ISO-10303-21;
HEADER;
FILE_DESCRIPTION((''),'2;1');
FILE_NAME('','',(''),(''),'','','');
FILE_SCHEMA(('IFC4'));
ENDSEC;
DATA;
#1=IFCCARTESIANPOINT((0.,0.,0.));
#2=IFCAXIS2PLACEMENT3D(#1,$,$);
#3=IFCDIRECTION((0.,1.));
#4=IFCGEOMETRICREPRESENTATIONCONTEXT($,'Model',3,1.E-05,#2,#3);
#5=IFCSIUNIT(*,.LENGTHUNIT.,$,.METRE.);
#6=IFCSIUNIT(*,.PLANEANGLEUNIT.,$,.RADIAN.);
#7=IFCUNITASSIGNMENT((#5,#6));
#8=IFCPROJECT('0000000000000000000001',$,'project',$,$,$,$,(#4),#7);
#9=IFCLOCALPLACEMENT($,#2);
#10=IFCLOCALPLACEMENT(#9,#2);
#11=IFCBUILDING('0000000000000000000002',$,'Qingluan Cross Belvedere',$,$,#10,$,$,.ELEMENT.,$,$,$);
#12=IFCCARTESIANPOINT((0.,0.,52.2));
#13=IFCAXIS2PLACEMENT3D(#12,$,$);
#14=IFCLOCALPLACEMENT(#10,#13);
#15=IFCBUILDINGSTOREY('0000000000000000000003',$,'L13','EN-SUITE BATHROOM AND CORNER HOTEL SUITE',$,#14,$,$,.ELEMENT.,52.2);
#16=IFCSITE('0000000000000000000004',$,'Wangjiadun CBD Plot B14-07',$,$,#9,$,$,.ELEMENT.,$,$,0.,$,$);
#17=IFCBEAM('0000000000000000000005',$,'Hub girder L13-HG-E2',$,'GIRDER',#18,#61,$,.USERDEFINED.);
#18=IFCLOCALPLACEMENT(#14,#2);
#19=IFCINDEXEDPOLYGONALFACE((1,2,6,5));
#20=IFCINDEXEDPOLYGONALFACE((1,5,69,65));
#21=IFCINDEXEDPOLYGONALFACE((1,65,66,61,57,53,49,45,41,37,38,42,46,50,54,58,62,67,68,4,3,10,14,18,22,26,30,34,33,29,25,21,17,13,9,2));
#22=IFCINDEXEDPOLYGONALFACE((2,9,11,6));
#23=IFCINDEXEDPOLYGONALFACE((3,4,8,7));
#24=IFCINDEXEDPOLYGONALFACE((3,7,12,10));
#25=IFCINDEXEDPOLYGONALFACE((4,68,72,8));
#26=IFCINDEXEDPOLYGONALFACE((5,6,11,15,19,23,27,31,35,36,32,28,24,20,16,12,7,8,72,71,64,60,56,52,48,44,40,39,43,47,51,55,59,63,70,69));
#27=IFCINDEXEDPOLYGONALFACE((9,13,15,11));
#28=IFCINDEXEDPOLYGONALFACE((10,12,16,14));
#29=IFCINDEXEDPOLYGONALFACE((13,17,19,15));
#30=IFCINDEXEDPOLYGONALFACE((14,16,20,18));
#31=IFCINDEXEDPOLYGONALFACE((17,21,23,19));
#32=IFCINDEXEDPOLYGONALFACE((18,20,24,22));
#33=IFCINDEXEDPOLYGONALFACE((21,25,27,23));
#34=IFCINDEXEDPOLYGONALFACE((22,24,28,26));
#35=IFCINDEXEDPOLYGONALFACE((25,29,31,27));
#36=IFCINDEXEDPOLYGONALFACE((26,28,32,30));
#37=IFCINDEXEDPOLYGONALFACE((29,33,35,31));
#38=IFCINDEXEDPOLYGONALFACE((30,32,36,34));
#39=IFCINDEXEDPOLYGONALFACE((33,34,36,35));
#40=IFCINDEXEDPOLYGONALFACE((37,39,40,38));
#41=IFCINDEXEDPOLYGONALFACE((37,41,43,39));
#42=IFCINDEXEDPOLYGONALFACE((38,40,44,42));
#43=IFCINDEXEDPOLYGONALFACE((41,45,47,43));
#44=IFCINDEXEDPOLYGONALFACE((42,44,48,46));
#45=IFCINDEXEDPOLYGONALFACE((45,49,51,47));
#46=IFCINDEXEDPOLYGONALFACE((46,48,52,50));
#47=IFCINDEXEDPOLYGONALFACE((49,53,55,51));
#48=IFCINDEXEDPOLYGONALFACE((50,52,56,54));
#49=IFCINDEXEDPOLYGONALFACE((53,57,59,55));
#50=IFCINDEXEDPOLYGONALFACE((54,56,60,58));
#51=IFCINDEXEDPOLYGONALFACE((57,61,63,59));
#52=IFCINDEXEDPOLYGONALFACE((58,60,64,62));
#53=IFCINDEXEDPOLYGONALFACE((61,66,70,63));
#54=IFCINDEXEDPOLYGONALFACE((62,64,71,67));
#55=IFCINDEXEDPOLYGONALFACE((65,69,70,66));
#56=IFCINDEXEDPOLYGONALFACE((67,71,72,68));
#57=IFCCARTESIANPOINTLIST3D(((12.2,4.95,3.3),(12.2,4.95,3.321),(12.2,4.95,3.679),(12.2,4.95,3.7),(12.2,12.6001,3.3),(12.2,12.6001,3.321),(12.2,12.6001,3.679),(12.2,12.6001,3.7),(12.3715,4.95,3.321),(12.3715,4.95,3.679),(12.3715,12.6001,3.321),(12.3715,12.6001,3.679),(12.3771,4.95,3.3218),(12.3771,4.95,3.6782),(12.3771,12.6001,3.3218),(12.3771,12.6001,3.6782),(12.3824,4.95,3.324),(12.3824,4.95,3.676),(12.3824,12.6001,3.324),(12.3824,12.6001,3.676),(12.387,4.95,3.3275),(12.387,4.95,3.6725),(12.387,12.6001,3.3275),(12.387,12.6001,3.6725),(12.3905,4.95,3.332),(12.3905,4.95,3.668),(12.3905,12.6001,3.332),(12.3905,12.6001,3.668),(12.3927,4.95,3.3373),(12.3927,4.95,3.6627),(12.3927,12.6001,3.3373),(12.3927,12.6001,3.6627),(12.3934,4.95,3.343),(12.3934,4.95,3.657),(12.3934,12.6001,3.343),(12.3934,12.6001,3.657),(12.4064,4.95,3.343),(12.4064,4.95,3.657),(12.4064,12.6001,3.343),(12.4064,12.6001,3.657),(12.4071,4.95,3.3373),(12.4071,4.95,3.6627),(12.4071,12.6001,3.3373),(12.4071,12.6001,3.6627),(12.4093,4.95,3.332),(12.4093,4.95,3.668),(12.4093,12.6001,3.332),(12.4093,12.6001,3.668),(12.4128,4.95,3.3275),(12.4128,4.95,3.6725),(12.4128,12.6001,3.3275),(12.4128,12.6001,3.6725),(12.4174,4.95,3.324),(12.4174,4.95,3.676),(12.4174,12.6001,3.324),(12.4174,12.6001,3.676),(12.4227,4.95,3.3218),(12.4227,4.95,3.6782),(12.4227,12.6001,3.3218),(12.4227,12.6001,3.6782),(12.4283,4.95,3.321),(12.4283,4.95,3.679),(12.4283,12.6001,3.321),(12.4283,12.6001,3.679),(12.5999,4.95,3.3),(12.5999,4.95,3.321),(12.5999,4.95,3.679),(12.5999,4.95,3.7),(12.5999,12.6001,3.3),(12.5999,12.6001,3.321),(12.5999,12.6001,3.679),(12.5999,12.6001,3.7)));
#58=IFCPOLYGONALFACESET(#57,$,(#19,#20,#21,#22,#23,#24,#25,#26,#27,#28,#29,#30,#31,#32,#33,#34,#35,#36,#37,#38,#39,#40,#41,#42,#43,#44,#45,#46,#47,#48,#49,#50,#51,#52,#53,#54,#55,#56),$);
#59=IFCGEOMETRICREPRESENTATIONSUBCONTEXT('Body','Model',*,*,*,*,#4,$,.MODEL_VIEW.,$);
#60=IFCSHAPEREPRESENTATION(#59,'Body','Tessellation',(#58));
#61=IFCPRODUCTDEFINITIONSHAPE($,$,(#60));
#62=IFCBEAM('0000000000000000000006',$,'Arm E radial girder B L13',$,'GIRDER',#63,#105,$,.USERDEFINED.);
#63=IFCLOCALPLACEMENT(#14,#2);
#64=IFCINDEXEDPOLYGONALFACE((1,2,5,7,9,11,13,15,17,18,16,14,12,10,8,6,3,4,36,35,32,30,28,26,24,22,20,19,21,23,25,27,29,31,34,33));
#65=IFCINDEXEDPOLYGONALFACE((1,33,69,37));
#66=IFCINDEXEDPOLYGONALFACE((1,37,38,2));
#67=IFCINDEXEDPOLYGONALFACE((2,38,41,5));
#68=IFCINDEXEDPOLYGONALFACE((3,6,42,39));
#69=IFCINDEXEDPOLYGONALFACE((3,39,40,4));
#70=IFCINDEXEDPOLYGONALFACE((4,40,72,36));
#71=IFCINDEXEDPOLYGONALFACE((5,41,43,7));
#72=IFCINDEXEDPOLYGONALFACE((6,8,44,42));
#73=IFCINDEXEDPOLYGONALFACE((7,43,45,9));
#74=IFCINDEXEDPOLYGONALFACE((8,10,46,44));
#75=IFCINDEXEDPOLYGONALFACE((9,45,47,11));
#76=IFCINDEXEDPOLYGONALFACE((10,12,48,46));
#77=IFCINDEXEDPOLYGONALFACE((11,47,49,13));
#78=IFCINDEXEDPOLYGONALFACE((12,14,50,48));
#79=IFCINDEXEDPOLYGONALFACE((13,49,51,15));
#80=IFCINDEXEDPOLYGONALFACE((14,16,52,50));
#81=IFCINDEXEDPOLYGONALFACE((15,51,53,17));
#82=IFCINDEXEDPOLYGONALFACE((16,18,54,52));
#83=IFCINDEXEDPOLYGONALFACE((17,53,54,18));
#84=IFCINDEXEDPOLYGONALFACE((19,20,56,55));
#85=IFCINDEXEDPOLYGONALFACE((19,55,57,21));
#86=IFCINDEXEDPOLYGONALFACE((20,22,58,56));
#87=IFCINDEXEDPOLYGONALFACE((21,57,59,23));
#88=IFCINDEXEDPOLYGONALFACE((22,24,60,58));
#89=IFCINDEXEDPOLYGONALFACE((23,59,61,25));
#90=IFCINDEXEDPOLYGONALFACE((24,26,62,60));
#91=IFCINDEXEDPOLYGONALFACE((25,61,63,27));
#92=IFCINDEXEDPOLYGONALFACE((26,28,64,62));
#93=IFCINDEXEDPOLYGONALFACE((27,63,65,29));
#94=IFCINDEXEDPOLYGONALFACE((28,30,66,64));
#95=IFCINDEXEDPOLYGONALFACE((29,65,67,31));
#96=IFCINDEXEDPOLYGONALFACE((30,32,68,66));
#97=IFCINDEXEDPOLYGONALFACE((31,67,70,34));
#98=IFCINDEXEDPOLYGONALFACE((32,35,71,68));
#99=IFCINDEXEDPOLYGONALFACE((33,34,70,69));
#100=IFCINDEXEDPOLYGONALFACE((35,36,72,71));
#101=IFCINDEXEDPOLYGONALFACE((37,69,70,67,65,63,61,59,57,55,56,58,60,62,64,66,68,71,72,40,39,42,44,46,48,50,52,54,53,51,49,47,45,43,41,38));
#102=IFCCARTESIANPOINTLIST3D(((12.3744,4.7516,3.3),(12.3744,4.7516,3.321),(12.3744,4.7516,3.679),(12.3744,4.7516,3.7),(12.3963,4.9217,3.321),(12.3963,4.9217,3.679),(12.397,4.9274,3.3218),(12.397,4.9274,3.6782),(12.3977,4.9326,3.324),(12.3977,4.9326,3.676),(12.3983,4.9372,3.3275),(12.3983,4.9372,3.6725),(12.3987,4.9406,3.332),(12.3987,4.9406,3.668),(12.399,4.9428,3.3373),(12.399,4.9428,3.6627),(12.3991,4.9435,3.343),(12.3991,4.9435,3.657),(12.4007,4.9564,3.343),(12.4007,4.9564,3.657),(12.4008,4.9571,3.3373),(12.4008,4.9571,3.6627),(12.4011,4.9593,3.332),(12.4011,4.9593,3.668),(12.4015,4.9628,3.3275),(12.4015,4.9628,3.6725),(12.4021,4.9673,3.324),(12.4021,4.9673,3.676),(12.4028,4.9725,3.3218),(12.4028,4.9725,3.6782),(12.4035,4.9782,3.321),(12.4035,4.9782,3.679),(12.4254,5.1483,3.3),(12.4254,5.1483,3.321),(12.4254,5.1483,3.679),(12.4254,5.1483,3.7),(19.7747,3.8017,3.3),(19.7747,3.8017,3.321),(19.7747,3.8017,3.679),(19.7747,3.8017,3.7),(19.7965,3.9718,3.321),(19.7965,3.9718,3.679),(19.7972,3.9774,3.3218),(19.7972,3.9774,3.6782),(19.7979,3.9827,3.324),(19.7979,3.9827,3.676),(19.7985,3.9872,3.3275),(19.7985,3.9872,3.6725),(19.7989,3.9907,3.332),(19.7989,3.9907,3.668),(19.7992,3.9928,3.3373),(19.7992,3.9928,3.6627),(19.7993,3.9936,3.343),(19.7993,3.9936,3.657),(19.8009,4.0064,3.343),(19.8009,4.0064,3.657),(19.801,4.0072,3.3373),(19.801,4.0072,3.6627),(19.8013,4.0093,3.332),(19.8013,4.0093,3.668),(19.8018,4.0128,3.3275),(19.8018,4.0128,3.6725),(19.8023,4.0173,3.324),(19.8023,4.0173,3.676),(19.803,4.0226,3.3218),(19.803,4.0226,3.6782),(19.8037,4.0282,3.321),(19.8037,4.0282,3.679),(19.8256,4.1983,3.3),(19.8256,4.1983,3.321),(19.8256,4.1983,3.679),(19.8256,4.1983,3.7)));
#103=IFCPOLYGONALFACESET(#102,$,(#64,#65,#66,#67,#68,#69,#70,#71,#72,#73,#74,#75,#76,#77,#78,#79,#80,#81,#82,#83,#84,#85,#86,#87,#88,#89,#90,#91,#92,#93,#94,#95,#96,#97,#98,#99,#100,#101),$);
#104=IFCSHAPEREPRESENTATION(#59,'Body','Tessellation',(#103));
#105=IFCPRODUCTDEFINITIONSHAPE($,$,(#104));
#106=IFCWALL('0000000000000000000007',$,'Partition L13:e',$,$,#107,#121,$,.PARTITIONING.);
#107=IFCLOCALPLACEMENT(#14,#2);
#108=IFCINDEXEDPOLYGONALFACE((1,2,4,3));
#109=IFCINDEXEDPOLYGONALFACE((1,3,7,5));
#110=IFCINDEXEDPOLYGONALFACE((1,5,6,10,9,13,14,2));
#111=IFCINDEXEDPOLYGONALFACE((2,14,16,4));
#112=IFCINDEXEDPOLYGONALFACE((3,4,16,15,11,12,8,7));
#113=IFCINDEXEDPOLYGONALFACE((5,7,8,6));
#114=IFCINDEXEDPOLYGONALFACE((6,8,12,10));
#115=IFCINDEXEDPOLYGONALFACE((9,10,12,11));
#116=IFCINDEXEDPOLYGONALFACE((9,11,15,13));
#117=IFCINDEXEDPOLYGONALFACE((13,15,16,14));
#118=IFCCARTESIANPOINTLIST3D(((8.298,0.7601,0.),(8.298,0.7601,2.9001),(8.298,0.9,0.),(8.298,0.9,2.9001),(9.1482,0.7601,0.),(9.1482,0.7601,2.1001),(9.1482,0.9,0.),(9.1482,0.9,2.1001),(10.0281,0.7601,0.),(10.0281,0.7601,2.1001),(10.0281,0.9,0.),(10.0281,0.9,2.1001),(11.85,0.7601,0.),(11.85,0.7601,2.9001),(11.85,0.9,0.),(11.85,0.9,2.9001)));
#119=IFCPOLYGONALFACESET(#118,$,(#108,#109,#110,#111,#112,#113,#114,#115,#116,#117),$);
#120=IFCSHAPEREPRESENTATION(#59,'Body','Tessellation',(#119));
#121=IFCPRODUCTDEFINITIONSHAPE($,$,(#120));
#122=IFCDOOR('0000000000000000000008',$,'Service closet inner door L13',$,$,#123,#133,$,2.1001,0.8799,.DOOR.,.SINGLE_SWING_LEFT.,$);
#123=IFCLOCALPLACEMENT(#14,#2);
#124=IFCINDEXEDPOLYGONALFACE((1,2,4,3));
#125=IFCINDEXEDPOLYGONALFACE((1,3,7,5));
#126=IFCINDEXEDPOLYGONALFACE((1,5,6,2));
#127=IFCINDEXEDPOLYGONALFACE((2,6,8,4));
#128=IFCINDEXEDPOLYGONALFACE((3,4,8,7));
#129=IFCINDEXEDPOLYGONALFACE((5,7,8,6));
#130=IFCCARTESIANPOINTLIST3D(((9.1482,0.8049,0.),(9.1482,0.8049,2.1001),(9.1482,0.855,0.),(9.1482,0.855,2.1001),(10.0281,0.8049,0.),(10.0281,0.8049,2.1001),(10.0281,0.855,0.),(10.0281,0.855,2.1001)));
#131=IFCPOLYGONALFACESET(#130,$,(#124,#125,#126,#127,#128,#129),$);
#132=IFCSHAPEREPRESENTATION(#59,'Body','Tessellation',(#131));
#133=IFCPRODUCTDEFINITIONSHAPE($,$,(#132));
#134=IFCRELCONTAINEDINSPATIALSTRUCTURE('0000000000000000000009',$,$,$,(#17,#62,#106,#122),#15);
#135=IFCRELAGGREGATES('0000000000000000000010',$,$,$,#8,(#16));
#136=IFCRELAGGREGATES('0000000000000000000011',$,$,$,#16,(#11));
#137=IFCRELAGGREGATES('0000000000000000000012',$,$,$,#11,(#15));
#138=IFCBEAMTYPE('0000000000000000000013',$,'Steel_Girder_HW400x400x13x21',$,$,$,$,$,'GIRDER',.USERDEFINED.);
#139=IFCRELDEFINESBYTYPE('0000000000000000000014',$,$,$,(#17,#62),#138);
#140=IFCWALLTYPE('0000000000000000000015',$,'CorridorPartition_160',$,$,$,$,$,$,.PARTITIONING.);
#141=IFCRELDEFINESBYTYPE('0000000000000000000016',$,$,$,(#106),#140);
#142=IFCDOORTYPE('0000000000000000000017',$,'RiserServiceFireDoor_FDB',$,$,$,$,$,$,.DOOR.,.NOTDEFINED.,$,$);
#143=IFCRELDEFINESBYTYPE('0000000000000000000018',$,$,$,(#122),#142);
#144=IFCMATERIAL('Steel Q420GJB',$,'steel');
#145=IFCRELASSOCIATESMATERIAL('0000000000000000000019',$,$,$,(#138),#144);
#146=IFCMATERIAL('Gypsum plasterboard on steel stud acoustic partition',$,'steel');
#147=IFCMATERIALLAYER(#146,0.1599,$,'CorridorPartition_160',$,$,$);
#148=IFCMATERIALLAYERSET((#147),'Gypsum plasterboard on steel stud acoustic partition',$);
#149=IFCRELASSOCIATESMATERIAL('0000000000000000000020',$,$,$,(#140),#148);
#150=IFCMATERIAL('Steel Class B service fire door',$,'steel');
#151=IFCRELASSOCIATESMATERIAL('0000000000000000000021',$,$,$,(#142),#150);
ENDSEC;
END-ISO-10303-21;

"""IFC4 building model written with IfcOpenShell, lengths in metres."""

from ifc_helpers import new_model, si_unit, direction, frame, frame_2d, origin, origin_2d, place, context, subcontext, project, spatial, rectangle, i_section, extrude, material, layer, layer_set, material_profile, profile_set, type_object, element, fill, save


model = new_model("IFC4")

# Units and contexts
model_context = context("Model", 3, precision=1e-05, world=origin(), true_north=direction((0.0, 1.0)))
body_context = subcontext(model_context, "Body", "Model", "MODEL_VIEW")
ifc_project = project(units=[si_unit("LENGTHUNIT", "METRE"), si_unit("PLANEANGLEUNIT", "RADIAN")], contexts=[model_context])

# Site, building, storey
site_placement = place(None, origin())
site = spatial("IfcSite", under=ifc_project, at=site_placement, Name="Wangjiadun CBD Plot B14-07", CompositionType="ELEMENT", RefElevation=0.0)
building_placement = place(site_placement, origin())
building = spatial("IfcBuilding", under=site, at=building_placement, Name="Qingluan Cross Belvedere", CompositionType="ELEMENT")
storey_placement = place(building_placement, frame((0.0, 0.0, 52.2)))
storey = spatial("IfcBuildingStorey", under=building, at=storey_placement, Name="L13", Description="EN-SUITE BATHROOM AND CORNER HOTEL SUITE", CompositionType="ELEMENT", Elevation=52.2)

# Beams
ifc_material_1 = material(Name="Steel Q420GJB", Category="steel")
ifc_material_profile = material_profile(ifc_material_1, i_section(OverallWidth=0.3999, OverallDepth=0.3999, WebThickness=0.0129, FlangeThickness=0.021, FilletRadius=0.022, at=origin_2d()), Name="HW400x400x13x21")
ifc_profile_set = profile_set([ifc_material_profile], Name="Steel Q420GJB")
beam_type = type_object("IfcBeamType", Name="Steel_Girder_HW400x400x13x21", ElementType="GIRDER", PredefinedType="USERDEFINED", material=ifc_profile_set)
beam_1_placement = place(storey_placement, frame((12.3999, 4.95, 3.5), z_axis=(0.0, 1.0, 0.0), x_axis=(-1.0, 0.0, 0.0)))
element("IfcBeam", 1, at=beam_1_placement, inside=storey, type_object=beam_type, Name="Hub girder L13-HG-E2", ObjectType="GIRDER", PredefinedType="USERDEFINED", context=body_context, shape_type="SweptSolid", body=[
    extrude(i_section(OverallWidth=0.3999, OverallDepth=0.3999, WebThickness=0.0129, FlangeThickness=0.021, FilletRadius=0.022, at=origin_2d()), origin(), (0.0, 0.0, 1.0), 7.6501),
])
beam_2_placement = place(storey_placement, frame((12.3999, 4.95, 3.5), z_axis=(0.991861, -0.127324, 0.0), x_axis=(0.127324, 0.991861, 0.0)))
element("IfcBeam", 2, at=beam_2_placement, inside=storey, type_object=beam_type, Name="Arm E radial girder B L13", ObjectType="GIRDER", PredefinedType="USERDEFINED", context=body_context, shape_type="SweptSolid", body=[
    extrude(i_section(OverallWidth=0.3999, OverallDepth=0.3999, WebThickness=0.0129, FlangeThickness=0.021, FilletRadius=0.022, at=origin_2d()), origin(), (0.0, 0.0, 1.0), 7.4609),
])

# Wall, opening, door
ifc_material_2 = material(Name="Gypsum plasterboard on steel stud acoustic partition", Category="steel")
ifc_layer_1 = layer(ifc_material_2, 0.1599, Name="CorridorPartition_160")
ifc_layer_set_1 = layer_set([ifc_layer_1], Name="Gypsum plasterboard on steel stud acoustic partition")
wall_type_1 = type_object("IfcWallType", Name="CorridorPartition_160", PredefinedType="PARTITIONING", material=ifc_layer_set_1)
wall_1_placement = place(storey_placement, frame((8.2981, 0.8301, 0.0), z_axis=(0.0, 0.0, 1.0), x_axis=(1.0, 0.0, 0.0)))
wall_1 = element("IfcWall", 3, at=wall_1_placement, inside=storey, type_object=wall_type_1, Name="Partition L13:e", PredefinedType="PARTITIONING", context=body_context, shape_type="SweptSolid", body=[
    extrude(rectangle(XDim=3.552, YDim=0.1399, at=frame_2d((1.7759, 0.0))), origin(), (0.0, 0.0, 1.0), 2.9001),
])
opening_1_placement = place(wall_1_placement, frame((0.8501, 0.0, 0.0)))
opening_1 = element("IfcOpeningElement", 4, at=opening_1_placement, cuts=wall_1, PredefinedType="OPENING", context=body_context, shape_type="SweptSolid", body=[
    extrude(rectangle(XDim=0.8799, YDim=2.1001, at=frame_2d((0.4399, 1.05))), frame((0.0, 0.0798, 0.0), z_axis=(0.0, -1.0, 0.0), x_axis=(1.0, 0.0, 0.0)), (0.0, 0.0, 1.0), 0.1599),
])
ifc_material_3 = material(Name="Steel Class B service fire door", Category="steel")
door_type_1 = type_object("IfcDoorType", Name="RiserServiceFireDoor_FDB", OperationType="NOTDEFINED", PredefinedType="DOOR", material=ifc_material_3)
door_1_placement = place(opening_1_placement, origin())
door_1 = element("IfcDoor", 5, at=door_1_placement, inside=storey, type_object=door_type_1, Name="Service closet inner door L13", OperationType="SINGLE_SWING_LEFT", OverallHeight=2.1001, OverallWidth=0.8799, PredefinedType="DOOR", context=body_context, shape_type="SweptSolid", body=[
    extrude(rectangle(XDim=0.8799, YDim=2.1001, at=frame_2d((0.4399, 1.05))), frame((0.0, 0.0249, 0.0), z_axis=(0.0, -1.0, 0.0), x_axis=(1.0, 0.0, 0.0)), (0.0, 0.0, 1.0), 0.05),
])
fill(opening_1, door_1)

save(model, "model.ifc")
